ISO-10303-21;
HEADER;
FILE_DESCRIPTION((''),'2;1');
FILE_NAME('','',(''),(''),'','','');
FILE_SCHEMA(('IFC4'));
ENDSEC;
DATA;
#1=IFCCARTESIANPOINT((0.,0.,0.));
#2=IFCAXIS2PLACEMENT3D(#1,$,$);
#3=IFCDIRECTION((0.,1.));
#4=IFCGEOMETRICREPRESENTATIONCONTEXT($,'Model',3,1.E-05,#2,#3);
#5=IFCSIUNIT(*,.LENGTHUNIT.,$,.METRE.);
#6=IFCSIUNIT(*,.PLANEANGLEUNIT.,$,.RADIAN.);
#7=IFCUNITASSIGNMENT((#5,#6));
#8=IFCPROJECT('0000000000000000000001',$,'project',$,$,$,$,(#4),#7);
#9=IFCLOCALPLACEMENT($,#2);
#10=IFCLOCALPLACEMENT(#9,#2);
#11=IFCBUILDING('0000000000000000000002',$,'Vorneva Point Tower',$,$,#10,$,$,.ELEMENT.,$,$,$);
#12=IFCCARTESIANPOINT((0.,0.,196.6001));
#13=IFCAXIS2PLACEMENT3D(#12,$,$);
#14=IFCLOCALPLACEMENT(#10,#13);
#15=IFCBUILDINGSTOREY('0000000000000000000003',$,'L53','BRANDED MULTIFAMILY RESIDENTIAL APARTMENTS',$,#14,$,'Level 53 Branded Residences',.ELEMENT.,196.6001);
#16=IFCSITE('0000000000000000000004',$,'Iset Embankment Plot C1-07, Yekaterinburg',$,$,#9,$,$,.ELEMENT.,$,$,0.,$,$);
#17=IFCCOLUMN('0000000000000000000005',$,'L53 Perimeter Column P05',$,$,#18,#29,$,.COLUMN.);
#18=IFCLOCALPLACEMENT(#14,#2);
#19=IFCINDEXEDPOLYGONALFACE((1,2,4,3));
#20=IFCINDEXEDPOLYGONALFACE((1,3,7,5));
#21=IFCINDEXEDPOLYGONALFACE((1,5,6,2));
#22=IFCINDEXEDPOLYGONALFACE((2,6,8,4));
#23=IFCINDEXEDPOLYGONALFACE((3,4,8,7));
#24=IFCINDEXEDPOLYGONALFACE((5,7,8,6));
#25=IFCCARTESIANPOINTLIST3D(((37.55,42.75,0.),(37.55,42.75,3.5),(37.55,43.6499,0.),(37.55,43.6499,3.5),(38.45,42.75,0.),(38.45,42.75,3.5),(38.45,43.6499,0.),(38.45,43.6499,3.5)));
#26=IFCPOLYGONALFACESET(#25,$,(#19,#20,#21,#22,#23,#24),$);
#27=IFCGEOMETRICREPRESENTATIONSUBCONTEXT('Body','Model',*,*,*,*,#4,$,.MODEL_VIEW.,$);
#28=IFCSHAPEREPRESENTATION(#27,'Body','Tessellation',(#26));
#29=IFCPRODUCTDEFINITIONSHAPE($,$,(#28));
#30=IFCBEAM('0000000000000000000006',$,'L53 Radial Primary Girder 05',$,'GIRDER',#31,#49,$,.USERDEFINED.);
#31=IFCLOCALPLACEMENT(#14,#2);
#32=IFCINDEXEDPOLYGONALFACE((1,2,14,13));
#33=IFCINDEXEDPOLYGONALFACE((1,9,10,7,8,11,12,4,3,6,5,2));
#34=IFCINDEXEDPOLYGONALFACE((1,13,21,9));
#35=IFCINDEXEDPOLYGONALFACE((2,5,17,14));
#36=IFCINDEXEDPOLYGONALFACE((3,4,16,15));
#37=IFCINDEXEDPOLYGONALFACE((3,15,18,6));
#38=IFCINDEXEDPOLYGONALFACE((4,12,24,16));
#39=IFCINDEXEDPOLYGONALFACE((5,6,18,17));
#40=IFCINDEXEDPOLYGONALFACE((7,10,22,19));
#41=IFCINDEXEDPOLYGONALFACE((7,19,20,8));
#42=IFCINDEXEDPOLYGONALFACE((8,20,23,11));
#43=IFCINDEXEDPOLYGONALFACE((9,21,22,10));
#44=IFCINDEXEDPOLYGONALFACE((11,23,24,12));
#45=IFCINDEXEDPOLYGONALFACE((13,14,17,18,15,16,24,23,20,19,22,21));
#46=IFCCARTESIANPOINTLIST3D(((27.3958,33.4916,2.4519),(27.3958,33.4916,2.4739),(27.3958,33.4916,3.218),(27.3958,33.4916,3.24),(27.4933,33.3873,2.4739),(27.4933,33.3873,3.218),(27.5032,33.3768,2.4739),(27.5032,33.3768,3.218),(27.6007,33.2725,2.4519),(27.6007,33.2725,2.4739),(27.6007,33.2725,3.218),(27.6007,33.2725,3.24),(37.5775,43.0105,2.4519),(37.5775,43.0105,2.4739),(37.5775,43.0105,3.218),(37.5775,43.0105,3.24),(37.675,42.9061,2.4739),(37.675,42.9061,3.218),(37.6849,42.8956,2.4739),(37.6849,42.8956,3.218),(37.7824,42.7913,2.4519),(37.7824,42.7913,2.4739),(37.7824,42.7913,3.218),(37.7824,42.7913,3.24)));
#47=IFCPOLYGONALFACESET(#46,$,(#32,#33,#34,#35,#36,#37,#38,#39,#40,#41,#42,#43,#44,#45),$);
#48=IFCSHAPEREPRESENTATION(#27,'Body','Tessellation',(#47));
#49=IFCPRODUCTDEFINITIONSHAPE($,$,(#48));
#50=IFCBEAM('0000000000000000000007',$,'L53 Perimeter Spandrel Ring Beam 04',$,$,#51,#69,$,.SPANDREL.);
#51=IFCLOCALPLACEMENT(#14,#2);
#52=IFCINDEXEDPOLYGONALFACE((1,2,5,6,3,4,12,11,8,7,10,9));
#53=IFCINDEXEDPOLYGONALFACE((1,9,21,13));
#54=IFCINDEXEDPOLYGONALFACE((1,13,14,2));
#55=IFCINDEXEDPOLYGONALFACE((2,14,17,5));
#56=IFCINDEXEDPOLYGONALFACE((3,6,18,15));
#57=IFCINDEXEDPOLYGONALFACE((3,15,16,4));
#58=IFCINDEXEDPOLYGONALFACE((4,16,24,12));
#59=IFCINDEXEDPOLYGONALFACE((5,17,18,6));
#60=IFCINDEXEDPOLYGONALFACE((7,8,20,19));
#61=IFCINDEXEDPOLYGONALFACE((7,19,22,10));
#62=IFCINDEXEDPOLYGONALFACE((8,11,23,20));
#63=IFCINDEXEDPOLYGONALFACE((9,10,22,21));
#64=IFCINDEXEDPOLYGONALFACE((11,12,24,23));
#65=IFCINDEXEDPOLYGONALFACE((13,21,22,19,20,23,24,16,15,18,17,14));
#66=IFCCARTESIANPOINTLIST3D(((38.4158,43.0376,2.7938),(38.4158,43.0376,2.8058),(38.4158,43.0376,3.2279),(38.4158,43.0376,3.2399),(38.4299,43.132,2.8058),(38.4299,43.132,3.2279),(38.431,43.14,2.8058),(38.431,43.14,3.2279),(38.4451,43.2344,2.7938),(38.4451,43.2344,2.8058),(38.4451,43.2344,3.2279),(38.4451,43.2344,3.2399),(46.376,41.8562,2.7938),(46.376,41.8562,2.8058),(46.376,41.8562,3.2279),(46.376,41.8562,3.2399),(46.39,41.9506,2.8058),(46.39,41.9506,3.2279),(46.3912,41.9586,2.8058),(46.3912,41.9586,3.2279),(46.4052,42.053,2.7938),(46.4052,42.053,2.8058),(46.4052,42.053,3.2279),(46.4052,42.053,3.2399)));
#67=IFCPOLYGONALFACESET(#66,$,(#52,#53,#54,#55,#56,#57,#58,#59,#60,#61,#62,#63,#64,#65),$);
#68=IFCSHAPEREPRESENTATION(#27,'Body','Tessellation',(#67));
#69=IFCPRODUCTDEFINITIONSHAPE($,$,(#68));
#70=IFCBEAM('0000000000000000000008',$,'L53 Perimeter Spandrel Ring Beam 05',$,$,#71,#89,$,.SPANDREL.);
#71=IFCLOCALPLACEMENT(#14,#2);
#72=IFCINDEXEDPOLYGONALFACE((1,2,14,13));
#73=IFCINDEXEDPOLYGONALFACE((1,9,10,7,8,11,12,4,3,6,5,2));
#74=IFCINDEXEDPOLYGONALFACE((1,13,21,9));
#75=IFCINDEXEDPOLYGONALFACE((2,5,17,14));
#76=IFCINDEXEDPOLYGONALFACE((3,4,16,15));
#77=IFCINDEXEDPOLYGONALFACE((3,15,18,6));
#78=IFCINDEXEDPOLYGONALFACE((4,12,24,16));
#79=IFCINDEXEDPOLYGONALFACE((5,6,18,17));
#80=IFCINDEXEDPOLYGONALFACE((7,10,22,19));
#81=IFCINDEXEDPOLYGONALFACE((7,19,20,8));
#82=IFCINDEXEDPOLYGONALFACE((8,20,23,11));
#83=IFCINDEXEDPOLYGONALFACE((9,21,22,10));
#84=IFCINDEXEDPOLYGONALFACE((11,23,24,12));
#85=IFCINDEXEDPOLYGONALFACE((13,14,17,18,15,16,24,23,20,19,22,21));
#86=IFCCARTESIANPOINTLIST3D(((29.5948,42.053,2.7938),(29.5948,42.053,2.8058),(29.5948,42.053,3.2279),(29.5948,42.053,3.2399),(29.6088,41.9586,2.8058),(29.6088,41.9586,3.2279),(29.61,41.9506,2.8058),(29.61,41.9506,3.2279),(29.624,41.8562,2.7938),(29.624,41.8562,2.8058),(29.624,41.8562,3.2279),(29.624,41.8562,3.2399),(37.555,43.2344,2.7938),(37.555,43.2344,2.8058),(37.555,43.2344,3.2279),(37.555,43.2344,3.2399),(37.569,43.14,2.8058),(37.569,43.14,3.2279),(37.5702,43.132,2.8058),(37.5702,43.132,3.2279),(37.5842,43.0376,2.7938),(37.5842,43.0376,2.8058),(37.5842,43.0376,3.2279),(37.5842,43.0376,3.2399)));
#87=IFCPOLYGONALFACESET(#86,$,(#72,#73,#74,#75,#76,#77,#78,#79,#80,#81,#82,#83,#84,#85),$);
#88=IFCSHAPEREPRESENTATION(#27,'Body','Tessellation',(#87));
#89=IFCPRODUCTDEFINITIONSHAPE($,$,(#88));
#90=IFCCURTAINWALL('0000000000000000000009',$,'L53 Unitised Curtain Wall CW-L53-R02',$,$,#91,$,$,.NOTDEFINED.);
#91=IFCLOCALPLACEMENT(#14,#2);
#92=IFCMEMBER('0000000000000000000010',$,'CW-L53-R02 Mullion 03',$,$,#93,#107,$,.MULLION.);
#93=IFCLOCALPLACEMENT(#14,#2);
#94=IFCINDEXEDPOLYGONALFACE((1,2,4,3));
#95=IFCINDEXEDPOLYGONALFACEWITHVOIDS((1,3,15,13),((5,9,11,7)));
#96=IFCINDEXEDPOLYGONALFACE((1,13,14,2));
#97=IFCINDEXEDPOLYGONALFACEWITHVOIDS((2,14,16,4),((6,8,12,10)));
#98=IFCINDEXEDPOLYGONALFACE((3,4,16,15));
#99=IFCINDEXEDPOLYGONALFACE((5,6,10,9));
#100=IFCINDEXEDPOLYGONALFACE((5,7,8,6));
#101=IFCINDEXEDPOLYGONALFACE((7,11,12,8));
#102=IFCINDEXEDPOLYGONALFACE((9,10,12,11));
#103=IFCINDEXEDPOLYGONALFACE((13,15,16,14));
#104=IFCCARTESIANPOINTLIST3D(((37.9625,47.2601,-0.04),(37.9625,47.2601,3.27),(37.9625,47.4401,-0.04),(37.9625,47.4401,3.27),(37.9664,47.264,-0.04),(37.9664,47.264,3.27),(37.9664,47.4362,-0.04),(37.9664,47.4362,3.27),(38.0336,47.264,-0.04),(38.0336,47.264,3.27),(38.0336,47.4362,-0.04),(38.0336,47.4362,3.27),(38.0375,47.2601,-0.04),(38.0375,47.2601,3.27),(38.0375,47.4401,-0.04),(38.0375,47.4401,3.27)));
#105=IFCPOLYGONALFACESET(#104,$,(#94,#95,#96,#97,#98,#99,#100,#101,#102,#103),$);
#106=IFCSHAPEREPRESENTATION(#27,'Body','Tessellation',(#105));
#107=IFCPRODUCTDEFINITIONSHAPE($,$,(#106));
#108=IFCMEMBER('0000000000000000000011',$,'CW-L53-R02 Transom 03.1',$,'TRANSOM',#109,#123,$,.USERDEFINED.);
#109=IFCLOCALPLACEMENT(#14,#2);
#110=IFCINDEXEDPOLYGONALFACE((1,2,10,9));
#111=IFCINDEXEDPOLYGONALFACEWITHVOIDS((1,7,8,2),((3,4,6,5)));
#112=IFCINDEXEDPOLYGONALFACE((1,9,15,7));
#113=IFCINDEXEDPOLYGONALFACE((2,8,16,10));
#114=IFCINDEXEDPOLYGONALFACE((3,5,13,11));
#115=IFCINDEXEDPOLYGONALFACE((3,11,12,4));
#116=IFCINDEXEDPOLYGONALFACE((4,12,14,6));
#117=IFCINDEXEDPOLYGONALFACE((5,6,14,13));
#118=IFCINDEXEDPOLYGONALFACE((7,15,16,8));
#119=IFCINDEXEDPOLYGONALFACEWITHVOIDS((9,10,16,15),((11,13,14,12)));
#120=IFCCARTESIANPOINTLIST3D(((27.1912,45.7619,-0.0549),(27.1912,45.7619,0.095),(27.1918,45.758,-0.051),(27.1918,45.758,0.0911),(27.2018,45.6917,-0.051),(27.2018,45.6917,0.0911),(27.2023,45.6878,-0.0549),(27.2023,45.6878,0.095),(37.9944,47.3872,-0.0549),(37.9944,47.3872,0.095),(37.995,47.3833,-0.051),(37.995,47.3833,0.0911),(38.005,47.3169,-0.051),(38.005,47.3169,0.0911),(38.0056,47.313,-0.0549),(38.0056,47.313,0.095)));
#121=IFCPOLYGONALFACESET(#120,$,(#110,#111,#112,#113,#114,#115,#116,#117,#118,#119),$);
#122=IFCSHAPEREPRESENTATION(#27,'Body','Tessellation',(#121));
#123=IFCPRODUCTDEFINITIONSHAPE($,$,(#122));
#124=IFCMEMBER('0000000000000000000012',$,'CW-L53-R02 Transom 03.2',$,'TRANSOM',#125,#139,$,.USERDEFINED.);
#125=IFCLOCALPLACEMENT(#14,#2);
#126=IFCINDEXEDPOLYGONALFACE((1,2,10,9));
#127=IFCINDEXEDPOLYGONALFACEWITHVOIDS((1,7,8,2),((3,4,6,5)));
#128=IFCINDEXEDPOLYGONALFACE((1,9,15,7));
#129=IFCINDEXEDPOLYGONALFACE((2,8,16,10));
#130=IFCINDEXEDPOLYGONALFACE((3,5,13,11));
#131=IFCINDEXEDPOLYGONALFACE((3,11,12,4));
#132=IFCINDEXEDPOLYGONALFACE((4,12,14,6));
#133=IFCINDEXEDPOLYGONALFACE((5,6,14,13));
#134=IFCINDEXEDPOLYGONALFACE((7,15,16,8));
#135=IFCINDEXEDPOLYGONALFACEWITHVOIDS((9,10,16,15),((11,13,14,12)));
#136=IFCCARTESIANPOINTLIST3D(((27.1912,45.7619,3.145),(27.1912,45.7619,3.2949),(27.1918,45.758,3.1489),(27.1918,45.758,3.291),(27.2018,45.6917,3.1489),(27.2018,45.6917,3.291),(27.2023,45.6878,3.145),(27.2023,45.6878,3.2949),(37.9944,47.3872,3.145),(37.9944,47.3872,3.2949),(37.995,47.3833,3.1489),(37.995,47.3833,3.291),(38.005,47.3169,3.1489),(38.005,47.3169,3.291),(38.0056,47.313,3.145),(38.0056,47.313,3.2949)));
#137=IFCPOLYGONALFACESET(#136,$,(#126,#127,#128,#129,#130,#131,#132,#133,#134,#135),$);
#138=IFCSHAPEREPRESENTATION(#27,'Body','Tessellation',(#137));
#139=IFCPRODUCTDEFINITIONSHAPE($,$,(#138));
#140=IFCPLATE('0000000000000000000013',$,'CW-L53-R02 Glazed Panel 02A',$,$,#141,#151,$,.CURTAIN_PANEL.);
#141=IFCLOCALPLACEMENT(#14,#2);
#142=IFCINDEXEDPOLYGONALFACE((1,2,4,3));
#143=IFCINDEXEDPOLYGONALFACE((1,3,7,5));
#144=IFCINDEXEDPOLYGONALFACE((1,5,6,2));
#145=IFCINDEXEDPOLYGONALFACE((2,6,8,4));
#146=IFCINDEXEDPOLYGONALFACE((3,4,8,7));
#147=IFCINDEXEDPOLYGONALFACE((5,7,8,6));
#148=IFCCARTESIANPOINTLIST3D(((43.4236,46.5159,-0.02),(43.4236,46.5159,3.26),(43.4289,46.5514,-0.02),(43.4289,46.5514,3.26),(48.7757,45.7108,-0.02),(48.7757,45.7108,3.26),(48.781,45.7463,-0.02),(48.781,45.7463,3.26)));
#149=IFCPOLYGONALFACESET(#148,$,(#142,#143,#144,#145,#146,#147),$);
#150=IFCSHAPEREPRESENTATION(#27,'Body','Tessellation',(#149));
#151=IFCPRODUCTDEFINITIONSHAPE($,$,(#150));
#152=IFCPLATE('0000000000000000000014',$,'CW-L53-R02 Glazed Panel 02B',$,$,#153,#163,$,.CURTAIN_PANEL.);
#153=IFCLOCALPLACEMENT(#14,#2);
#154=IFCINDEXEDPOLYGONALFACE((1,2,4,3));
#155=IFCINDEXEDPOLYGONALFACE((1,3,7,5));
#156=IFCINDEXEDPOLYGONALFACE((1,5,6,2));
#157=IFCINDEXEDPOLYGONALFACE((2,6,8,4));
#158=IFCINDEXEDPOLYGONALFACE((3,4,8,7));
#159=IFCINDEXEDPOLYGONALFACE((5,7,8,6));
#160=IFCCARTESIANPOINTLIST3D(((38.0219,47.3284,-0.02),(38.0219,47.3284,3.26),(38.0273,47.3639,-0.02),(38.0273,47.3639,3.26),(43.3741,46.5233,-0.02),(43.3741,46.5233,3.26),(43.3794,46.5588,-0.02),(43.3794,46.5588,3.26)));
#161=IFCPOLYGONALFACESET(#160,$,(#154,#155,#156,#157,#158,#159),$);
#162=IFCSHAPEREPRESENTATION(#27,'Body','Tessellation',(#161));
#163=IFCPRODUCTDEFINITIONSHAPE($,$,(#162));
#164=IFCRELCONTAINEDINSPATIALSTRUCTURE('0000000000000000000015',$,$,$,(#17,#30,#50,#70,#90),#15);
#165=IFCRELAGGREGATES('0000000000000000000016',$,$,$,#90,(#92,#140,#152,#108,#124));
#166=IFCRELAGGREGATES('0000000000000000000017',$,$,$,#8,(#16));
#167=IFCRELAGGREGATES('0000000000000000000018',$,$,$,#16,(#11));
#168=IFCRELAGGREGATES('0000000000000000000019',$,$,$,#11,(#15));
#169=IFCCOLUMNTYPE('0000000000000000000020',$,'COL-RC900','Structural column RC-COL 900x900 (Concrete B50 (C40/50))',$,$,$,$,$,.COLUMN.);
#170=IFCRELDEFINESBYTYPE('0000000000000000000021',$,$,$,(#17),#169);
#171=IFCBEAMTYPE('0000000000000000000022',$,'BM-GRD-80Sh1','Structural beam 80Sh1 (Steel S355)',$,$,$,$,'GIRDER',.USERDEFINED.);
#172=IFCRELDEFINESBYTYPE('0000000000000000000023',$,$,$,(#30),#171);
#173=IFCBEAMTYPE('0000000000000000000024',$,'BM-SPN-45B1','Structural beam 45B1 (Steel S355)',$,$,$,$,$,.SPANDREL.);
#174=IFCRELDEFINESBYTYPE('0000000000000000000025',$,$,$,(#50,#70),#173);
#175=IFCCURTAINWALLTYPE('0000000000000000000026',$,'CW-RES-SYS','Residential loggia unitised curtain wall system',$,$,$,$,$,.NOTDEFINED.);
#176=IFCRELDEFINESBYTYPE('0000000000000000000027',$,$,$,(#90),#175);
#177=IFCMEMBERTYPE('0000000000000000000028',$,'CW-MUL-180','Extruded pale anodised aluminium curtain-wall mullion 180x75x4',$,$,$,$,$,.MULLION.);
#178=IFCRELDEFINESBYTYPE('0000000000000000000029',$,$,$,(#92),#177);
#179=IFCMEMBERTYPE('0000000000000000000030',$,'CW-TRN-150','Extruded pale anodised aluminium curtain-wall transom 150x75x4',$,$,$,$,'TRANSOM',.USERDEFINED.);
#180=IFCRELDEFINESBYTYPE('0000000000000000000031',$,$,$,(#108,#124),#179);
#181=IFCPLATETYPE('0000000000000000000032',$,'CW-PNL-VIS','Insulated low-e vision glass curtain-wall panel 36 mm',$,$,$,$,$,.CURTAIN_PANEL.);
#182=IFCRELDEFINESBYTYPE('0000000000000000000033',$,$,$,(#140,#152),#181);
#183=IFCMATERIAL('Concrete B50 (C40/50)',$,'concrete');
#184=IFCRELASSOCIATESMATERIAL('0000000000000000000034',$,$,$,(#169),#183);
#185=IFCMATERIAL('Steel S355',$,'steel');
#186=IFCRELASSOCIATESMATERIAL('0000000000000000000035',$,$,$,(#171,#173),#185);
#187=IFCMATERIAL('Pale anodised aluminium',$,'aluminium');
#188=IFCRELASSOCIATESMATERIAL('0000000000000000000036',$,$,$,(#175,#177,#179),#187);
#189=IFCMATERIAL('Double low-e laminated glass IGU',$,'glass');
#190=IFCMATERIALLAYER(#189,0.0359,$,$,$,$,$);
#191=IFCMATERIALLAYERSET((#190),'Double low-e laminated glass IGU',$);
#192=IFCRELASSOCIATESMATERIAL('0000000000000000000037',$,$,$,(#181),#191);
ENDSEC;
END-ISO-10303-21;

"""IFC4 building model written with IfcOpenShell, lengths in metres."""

from ifc_helpers import new_model, si_unit, direction, frame, origin, origin_2d, place, context, subcontext, project, spatial, rectangle, hollow_rectangle, i_section, extrude, material, layer, layer_set, material_profile, profile_set, type_object, element, aggregate, save


model = new_model("IFC4")

# Units and contexts
model_context = context("Model", 3, precision=1e-05, world=origin(), true_north=direction((0.0, 1.0)))
body_context = subcontext(model_context, "Body", "Model", "MODEL_VIEW")
ifc_project = project(units=[si_unit("LENGTHUNIT", "METRE"), si_unit("PLANEANGLEUNIT", "RADIAN")], contexts=[model_context])

# Site, building, storey
site_placement = place(None, origin())
site = spatial("IfcSite", under=ifc_project, at=site_placement, Name="Iset Embankment Plot C1-07, Yekaterinburg", CompositionType="ELEMENT", RefElevation=0.0)
building_placement = place(site_placement, origin())
building = spatial("IfcBuilding", under=site, at=building_placement, Name="Vorneva Point Tower", CompositionType="ELEMENT")
storey_placement = place(building_placement, frame((0.0, 0.0, 196.6001)))
storey = spatial("IfcBuildingStorey", under=building, at=storey_placement, Name="L53", Description="BRANDED MULTIFAMILY RESIDENTIAL APARTMENTS", LongName="Level 53 Branded Residences", CompositionType="ELEMENT", Elevation=196.6001)

# Column
ifc_material_1 = material(Name="Concrete B50 (C40/50)", Category="concrete")
ifc_material_profile_1 = material_profile(ifc_material_1, rectangle(XDim=0.8999, YDim=0.8999, at=origin_2d()), Name="RC-COL 900x900")
ifc_profile_set_1 = profile_set([ifc_material_profile_1], Name="Concrete B50 (C40/50)")
column_type = type_object("IfcColumnType", Name="COL-RC900", Description="Structural column RC-COL 900x900 (Concrete B50 (C40/50))", PredefinedType="COLUMN", material=ifc_profile_set_1)
column_placement = place(storey_placement, frame((38.0, 43.2, 0.0), z_axis=(0.0, 0.0, 1.0), x_axis=(0.0, 1.0, 0.0)))
element("IfcColumn", 1, at=column_placement, inside=storey, type_object=column_type, Name="L53 Perimeter Column P05", PredefinedType="COLUMN", context=body_context, shape_type="SweptSolid", body=[
    extrude(rectangle(XDim=0.8999, YDim=0.8999, at=origin_2d()), origin(), (0.0, 0.0, 1.0), 3.5),
])

# Beams
ifc_material_2 = material(Name="Steel S355", Category="steel")
ifc_material_profile_2 = material_profile(ifc_material_2, i_section(OverallWidth=0.3, OverallDepth=0.7881, WebThickness=0.0144, FlangeThickness=0.022, at=origin_2d()), Name="80Sh1")
ifc_profile_set_2 = profile_set([ifc_material_profile_2], Name="Steel S355")
beam_type_1 = type_object("IfcBeamType", Name="BM-GRD-80Sh1", Description="Structural beam 80Sh1 (Steel S355)", ElementType="GIRDER", PredefinedType="USERDEFINED", material=ifc_profile_set_2)
beam_placement = place(storey_placement, frame((37.6799, 42.9009, 2.8459), z_axis=(-0.730485, -0.682929, 0.0), x_axis=(0.682929, -0.730485, 0.0)))
element("IfcBeam", 2, at=beam_placement, inside=storey, type_object=beam_type_1, Name="L53 Radial Primary Girder 05", ObjectType="GIRDER", PredefinedType="USERDEFINED", context=body_context, shape_type="SweptSolid", body=[
    extrude(i_section(OverallWidth=0.3, OverallDepth=0.7881, WebThickness=0.0144, FlangeThickness=0.022, at=origin_2d()), origin(), (0.0, 0.0, 1.0), 13.9382),
])
ifc_material_profile_3 = material_profile(ifc_material_2, i_section(OverallWidth=0.199, OverallDepth=0.446, WebThickness=0.0081, FlangeThickness=0.012, at=origin_2d()), Name="45B1")
ifc_profile_set_3 = profile_set([ifc_material_profile_3], Name="Steel S355")
beam_type_2 = type_object("IfcBeamType", Name="BM-SPN-45B1", Description="Structural beam 45B1 (Steel S355)", PredefinedType="SPANDREL", material=ifc_profile_set_3)
for number, where, z_axis, x_axis, name in (
    (3, (46.3906, 41.9546, 3.0168), (-0.989165, 0.146805, 0.0), (-0.146805, -0.989165, 0.0), "L53 Perimeter Spandrel Ring Beam 04"),
    (4, (37.5696, 43.136, 3.0168), (-0.989165, -0.146805, 0.0), (0.146805, -0.989165, 0.0), "L53 Perimeter Spandrel Ring Beam 05"),
):
    element("IfcBeam", number, at=place(storey_placement, frame(where, z_axis=z_axis, x_axis=x_axis)), inside=storey, type_object=beam_type_2, Name=name, PredefinedType="SPANDREL", context=body_context, shape_type="SweptSolid", body=[
        extrude(i_section(OverallWidth=0.199, OverallDepth=0.446, WebThickness=0.0081, FlangeThickness=0.012, at=origin_2d()), origin(), (0.0, 0.0, 1.0), 8.0474),
    ])

# Curtain wall, members, plates
ifc_material_3 = material(Name="Pale anodised aluminium", Category="aluminium")
curtain_wall_type = type_object("IfcCurtainWallType", Name="CW-RES-SYS", Description="Residential loggia unitised curtain wall system", PredefinedType="NOTDEFINED", material=ifc_material_3)
curtain_wall_placement = place(storey_placement, origin())
curtain_wall = element("IfcCurtainWall", 5, at=curtain_wall_placement, inside=storey, type_object=curtain_wall_type, Name="L53 Unitised Curtain Wall CW-L53-R02", PredefinedType="NOTDEFINED")
ifc_material_profile_4 = material_profile(ifc_material_3, hollow_rectangle(XDim=0.075, YDim=0.1799, WallThickness=0.0039, at=origin_2d()), Name="AL-MUL 180x75x4")
ifc_profile_set_4 = profile_set([ifc_material_profile_4], Name="Pale anodised aluminium")
member_type_1 = type_object("IfcMemberType", Name="CW-MUL-180", Description="Extruded pale anodised aluminium curtain-wall mullion 180x75x4", PredefinedType="MULLION", material=ifc_profile_set_4)
member_1_placement = place(storey_placement, frame((38.0, 47.3501, -0.04), z_axis=(0.0, 0.0, 1.0), x_axis=(1.0, 0.0, 0.0)))
member_1 = element("IfcMember", 6, at=member_1_placement, type_object=member_type_1, Name="CW-L53-R02 Mullion 03", PredefinedType="MULLION", context=body_context, shape_type="SweptSolid", body=[
    extrude(hollow_rectangle(XDim=0.075, YDim=0.1799, WallThickness=0.0039, at=origin_2d()), origin(), (0.0, 0.0, 1.0), 3.3101),
])
ifc_material_profile_5 = material_profile(ifc_material_3, hollow_rectangle(XDim=0.075, YDim=0.1499, WallThickness=0.0039, at=origin_2d()), Name="AL-TRN 150x75x4")
ifc_profile_set_5 = profile_set([ifc_material_profile_5], Name="Pale anodised aluminium")
member_type_2 = type_object("IfcMemberType", Name="CW-TRN-150", Description="Extruded pale anodised aluminium curtain-wall transom 150x75x4", ElementType="TRANSOM", PredefinedType="USERDEFINED", material=ifc_profile_set_5)
member_2_placement = place(storey_placement, frame((38.0, 47.3501, 0.02), z_axis=(-0.988872, -0.148767, 0.0), x_axis=(0.148767, -0.988872, 0.0)))
member_2 = element("IfcMember", 7, at=member_2_placement, type_object=member_type_2, Name="CW-L53-R02 Transom 03.1", ObjectType="TRANSOM", PredefinedType="USERDEFINED", context=body_context, shape_type="SweptSolid", body=[
    extrude(hollow_rectangle(XDim=0.075, YDim=0.1499, WallThickness=0.0039, at=origin_2d()), origin(), (0.0, 0.0, 1.0), 10.9248),
])
member_3_placement = place(storey_placement, frame((38.0, 47.3501, 3.22), z_axis=(-0.988872, -0.148767, 0.0), x_axis=(0.148767, -0.988872, 0.0)))
member_3 = element("IfcMember", 8, at=member_3_placement, type_object=member_type_2, Name="CW-L53-R02 Transom 03.2", ObjectType="TRANSOM", PredefinedType="USERDEFINED", context=body_context, shape_type="SweptSolid", body=[
    extrude(hollow_rectangle(XDim=0.075, YDim=0.1499, WallThickness=0.0039, at=origin_2d()), origin(), (0.0, 0.0, 1.0), 10.9248),
])
ifc_material_4 = material(Name="Double low-e laminated glass IGU", Category="glass")
ifc_layer_1 = layer(ifc_material_4, 0.0359)
ifc_layer_set_1 = layer_set([ifc_layer_1], Name="Double low-e laminated glass IGU")
plate_type = type_object("IfcPlateType", Name="CW-PNL-VIS", Description="Insulated low-e vision glass curtain-wall panel 36 mm", PredefinedType="CURTAIN_PANEL", material=ifc_layer_set_1)
plate_1_placement = place(storey_placement, frame((46.1023, 46.1311, -0.02), z_axis=(0.0, 0.0, 1.0), x_axis=(-0.988874, 0.148759, 0.0)))
plate_1 = element("IfcPlate", 9, at=plate_1_placement, type_object=plate_type, Name="CW-L53-R02 Glazed Panel 02A", PredefinedType="CURTAIN_PANEL", context=body_context, shape_type="SweptSolid", body=[
    extrude(rectangle(XDim=5.4124, YDim=0.0359, at=origin_2d()), origin(), (0.0, 0.0, 1.0), 3.28),
])
plate_2_placement = place(storey_placement, frame((40.7007, 46.9436, -0.02), z_axis=(0.0, 0.0, 1.0), x_axis=(-0.988874, 0.148759, 0.0)))
plate_2 = element("IfcPlate", 10, at=plate_2_placement, type_object=plate_type, Name="CW-L53-R02 Glazed Panel 02B", PredefinedType="CURTAIN_PANEL", context=body_context, shape_type="SweptSolid", body=[
    extrude(rectangle(XDim=5.4124, YDim=0.0359, at=origin_2d()), origin(), (0.0, 0.0, 1.0), 3.28),
])
aggregate(curtain_wall, [member_1, plate_1, plate_2, member_2, member_3])

save(model, "model.ifc")
